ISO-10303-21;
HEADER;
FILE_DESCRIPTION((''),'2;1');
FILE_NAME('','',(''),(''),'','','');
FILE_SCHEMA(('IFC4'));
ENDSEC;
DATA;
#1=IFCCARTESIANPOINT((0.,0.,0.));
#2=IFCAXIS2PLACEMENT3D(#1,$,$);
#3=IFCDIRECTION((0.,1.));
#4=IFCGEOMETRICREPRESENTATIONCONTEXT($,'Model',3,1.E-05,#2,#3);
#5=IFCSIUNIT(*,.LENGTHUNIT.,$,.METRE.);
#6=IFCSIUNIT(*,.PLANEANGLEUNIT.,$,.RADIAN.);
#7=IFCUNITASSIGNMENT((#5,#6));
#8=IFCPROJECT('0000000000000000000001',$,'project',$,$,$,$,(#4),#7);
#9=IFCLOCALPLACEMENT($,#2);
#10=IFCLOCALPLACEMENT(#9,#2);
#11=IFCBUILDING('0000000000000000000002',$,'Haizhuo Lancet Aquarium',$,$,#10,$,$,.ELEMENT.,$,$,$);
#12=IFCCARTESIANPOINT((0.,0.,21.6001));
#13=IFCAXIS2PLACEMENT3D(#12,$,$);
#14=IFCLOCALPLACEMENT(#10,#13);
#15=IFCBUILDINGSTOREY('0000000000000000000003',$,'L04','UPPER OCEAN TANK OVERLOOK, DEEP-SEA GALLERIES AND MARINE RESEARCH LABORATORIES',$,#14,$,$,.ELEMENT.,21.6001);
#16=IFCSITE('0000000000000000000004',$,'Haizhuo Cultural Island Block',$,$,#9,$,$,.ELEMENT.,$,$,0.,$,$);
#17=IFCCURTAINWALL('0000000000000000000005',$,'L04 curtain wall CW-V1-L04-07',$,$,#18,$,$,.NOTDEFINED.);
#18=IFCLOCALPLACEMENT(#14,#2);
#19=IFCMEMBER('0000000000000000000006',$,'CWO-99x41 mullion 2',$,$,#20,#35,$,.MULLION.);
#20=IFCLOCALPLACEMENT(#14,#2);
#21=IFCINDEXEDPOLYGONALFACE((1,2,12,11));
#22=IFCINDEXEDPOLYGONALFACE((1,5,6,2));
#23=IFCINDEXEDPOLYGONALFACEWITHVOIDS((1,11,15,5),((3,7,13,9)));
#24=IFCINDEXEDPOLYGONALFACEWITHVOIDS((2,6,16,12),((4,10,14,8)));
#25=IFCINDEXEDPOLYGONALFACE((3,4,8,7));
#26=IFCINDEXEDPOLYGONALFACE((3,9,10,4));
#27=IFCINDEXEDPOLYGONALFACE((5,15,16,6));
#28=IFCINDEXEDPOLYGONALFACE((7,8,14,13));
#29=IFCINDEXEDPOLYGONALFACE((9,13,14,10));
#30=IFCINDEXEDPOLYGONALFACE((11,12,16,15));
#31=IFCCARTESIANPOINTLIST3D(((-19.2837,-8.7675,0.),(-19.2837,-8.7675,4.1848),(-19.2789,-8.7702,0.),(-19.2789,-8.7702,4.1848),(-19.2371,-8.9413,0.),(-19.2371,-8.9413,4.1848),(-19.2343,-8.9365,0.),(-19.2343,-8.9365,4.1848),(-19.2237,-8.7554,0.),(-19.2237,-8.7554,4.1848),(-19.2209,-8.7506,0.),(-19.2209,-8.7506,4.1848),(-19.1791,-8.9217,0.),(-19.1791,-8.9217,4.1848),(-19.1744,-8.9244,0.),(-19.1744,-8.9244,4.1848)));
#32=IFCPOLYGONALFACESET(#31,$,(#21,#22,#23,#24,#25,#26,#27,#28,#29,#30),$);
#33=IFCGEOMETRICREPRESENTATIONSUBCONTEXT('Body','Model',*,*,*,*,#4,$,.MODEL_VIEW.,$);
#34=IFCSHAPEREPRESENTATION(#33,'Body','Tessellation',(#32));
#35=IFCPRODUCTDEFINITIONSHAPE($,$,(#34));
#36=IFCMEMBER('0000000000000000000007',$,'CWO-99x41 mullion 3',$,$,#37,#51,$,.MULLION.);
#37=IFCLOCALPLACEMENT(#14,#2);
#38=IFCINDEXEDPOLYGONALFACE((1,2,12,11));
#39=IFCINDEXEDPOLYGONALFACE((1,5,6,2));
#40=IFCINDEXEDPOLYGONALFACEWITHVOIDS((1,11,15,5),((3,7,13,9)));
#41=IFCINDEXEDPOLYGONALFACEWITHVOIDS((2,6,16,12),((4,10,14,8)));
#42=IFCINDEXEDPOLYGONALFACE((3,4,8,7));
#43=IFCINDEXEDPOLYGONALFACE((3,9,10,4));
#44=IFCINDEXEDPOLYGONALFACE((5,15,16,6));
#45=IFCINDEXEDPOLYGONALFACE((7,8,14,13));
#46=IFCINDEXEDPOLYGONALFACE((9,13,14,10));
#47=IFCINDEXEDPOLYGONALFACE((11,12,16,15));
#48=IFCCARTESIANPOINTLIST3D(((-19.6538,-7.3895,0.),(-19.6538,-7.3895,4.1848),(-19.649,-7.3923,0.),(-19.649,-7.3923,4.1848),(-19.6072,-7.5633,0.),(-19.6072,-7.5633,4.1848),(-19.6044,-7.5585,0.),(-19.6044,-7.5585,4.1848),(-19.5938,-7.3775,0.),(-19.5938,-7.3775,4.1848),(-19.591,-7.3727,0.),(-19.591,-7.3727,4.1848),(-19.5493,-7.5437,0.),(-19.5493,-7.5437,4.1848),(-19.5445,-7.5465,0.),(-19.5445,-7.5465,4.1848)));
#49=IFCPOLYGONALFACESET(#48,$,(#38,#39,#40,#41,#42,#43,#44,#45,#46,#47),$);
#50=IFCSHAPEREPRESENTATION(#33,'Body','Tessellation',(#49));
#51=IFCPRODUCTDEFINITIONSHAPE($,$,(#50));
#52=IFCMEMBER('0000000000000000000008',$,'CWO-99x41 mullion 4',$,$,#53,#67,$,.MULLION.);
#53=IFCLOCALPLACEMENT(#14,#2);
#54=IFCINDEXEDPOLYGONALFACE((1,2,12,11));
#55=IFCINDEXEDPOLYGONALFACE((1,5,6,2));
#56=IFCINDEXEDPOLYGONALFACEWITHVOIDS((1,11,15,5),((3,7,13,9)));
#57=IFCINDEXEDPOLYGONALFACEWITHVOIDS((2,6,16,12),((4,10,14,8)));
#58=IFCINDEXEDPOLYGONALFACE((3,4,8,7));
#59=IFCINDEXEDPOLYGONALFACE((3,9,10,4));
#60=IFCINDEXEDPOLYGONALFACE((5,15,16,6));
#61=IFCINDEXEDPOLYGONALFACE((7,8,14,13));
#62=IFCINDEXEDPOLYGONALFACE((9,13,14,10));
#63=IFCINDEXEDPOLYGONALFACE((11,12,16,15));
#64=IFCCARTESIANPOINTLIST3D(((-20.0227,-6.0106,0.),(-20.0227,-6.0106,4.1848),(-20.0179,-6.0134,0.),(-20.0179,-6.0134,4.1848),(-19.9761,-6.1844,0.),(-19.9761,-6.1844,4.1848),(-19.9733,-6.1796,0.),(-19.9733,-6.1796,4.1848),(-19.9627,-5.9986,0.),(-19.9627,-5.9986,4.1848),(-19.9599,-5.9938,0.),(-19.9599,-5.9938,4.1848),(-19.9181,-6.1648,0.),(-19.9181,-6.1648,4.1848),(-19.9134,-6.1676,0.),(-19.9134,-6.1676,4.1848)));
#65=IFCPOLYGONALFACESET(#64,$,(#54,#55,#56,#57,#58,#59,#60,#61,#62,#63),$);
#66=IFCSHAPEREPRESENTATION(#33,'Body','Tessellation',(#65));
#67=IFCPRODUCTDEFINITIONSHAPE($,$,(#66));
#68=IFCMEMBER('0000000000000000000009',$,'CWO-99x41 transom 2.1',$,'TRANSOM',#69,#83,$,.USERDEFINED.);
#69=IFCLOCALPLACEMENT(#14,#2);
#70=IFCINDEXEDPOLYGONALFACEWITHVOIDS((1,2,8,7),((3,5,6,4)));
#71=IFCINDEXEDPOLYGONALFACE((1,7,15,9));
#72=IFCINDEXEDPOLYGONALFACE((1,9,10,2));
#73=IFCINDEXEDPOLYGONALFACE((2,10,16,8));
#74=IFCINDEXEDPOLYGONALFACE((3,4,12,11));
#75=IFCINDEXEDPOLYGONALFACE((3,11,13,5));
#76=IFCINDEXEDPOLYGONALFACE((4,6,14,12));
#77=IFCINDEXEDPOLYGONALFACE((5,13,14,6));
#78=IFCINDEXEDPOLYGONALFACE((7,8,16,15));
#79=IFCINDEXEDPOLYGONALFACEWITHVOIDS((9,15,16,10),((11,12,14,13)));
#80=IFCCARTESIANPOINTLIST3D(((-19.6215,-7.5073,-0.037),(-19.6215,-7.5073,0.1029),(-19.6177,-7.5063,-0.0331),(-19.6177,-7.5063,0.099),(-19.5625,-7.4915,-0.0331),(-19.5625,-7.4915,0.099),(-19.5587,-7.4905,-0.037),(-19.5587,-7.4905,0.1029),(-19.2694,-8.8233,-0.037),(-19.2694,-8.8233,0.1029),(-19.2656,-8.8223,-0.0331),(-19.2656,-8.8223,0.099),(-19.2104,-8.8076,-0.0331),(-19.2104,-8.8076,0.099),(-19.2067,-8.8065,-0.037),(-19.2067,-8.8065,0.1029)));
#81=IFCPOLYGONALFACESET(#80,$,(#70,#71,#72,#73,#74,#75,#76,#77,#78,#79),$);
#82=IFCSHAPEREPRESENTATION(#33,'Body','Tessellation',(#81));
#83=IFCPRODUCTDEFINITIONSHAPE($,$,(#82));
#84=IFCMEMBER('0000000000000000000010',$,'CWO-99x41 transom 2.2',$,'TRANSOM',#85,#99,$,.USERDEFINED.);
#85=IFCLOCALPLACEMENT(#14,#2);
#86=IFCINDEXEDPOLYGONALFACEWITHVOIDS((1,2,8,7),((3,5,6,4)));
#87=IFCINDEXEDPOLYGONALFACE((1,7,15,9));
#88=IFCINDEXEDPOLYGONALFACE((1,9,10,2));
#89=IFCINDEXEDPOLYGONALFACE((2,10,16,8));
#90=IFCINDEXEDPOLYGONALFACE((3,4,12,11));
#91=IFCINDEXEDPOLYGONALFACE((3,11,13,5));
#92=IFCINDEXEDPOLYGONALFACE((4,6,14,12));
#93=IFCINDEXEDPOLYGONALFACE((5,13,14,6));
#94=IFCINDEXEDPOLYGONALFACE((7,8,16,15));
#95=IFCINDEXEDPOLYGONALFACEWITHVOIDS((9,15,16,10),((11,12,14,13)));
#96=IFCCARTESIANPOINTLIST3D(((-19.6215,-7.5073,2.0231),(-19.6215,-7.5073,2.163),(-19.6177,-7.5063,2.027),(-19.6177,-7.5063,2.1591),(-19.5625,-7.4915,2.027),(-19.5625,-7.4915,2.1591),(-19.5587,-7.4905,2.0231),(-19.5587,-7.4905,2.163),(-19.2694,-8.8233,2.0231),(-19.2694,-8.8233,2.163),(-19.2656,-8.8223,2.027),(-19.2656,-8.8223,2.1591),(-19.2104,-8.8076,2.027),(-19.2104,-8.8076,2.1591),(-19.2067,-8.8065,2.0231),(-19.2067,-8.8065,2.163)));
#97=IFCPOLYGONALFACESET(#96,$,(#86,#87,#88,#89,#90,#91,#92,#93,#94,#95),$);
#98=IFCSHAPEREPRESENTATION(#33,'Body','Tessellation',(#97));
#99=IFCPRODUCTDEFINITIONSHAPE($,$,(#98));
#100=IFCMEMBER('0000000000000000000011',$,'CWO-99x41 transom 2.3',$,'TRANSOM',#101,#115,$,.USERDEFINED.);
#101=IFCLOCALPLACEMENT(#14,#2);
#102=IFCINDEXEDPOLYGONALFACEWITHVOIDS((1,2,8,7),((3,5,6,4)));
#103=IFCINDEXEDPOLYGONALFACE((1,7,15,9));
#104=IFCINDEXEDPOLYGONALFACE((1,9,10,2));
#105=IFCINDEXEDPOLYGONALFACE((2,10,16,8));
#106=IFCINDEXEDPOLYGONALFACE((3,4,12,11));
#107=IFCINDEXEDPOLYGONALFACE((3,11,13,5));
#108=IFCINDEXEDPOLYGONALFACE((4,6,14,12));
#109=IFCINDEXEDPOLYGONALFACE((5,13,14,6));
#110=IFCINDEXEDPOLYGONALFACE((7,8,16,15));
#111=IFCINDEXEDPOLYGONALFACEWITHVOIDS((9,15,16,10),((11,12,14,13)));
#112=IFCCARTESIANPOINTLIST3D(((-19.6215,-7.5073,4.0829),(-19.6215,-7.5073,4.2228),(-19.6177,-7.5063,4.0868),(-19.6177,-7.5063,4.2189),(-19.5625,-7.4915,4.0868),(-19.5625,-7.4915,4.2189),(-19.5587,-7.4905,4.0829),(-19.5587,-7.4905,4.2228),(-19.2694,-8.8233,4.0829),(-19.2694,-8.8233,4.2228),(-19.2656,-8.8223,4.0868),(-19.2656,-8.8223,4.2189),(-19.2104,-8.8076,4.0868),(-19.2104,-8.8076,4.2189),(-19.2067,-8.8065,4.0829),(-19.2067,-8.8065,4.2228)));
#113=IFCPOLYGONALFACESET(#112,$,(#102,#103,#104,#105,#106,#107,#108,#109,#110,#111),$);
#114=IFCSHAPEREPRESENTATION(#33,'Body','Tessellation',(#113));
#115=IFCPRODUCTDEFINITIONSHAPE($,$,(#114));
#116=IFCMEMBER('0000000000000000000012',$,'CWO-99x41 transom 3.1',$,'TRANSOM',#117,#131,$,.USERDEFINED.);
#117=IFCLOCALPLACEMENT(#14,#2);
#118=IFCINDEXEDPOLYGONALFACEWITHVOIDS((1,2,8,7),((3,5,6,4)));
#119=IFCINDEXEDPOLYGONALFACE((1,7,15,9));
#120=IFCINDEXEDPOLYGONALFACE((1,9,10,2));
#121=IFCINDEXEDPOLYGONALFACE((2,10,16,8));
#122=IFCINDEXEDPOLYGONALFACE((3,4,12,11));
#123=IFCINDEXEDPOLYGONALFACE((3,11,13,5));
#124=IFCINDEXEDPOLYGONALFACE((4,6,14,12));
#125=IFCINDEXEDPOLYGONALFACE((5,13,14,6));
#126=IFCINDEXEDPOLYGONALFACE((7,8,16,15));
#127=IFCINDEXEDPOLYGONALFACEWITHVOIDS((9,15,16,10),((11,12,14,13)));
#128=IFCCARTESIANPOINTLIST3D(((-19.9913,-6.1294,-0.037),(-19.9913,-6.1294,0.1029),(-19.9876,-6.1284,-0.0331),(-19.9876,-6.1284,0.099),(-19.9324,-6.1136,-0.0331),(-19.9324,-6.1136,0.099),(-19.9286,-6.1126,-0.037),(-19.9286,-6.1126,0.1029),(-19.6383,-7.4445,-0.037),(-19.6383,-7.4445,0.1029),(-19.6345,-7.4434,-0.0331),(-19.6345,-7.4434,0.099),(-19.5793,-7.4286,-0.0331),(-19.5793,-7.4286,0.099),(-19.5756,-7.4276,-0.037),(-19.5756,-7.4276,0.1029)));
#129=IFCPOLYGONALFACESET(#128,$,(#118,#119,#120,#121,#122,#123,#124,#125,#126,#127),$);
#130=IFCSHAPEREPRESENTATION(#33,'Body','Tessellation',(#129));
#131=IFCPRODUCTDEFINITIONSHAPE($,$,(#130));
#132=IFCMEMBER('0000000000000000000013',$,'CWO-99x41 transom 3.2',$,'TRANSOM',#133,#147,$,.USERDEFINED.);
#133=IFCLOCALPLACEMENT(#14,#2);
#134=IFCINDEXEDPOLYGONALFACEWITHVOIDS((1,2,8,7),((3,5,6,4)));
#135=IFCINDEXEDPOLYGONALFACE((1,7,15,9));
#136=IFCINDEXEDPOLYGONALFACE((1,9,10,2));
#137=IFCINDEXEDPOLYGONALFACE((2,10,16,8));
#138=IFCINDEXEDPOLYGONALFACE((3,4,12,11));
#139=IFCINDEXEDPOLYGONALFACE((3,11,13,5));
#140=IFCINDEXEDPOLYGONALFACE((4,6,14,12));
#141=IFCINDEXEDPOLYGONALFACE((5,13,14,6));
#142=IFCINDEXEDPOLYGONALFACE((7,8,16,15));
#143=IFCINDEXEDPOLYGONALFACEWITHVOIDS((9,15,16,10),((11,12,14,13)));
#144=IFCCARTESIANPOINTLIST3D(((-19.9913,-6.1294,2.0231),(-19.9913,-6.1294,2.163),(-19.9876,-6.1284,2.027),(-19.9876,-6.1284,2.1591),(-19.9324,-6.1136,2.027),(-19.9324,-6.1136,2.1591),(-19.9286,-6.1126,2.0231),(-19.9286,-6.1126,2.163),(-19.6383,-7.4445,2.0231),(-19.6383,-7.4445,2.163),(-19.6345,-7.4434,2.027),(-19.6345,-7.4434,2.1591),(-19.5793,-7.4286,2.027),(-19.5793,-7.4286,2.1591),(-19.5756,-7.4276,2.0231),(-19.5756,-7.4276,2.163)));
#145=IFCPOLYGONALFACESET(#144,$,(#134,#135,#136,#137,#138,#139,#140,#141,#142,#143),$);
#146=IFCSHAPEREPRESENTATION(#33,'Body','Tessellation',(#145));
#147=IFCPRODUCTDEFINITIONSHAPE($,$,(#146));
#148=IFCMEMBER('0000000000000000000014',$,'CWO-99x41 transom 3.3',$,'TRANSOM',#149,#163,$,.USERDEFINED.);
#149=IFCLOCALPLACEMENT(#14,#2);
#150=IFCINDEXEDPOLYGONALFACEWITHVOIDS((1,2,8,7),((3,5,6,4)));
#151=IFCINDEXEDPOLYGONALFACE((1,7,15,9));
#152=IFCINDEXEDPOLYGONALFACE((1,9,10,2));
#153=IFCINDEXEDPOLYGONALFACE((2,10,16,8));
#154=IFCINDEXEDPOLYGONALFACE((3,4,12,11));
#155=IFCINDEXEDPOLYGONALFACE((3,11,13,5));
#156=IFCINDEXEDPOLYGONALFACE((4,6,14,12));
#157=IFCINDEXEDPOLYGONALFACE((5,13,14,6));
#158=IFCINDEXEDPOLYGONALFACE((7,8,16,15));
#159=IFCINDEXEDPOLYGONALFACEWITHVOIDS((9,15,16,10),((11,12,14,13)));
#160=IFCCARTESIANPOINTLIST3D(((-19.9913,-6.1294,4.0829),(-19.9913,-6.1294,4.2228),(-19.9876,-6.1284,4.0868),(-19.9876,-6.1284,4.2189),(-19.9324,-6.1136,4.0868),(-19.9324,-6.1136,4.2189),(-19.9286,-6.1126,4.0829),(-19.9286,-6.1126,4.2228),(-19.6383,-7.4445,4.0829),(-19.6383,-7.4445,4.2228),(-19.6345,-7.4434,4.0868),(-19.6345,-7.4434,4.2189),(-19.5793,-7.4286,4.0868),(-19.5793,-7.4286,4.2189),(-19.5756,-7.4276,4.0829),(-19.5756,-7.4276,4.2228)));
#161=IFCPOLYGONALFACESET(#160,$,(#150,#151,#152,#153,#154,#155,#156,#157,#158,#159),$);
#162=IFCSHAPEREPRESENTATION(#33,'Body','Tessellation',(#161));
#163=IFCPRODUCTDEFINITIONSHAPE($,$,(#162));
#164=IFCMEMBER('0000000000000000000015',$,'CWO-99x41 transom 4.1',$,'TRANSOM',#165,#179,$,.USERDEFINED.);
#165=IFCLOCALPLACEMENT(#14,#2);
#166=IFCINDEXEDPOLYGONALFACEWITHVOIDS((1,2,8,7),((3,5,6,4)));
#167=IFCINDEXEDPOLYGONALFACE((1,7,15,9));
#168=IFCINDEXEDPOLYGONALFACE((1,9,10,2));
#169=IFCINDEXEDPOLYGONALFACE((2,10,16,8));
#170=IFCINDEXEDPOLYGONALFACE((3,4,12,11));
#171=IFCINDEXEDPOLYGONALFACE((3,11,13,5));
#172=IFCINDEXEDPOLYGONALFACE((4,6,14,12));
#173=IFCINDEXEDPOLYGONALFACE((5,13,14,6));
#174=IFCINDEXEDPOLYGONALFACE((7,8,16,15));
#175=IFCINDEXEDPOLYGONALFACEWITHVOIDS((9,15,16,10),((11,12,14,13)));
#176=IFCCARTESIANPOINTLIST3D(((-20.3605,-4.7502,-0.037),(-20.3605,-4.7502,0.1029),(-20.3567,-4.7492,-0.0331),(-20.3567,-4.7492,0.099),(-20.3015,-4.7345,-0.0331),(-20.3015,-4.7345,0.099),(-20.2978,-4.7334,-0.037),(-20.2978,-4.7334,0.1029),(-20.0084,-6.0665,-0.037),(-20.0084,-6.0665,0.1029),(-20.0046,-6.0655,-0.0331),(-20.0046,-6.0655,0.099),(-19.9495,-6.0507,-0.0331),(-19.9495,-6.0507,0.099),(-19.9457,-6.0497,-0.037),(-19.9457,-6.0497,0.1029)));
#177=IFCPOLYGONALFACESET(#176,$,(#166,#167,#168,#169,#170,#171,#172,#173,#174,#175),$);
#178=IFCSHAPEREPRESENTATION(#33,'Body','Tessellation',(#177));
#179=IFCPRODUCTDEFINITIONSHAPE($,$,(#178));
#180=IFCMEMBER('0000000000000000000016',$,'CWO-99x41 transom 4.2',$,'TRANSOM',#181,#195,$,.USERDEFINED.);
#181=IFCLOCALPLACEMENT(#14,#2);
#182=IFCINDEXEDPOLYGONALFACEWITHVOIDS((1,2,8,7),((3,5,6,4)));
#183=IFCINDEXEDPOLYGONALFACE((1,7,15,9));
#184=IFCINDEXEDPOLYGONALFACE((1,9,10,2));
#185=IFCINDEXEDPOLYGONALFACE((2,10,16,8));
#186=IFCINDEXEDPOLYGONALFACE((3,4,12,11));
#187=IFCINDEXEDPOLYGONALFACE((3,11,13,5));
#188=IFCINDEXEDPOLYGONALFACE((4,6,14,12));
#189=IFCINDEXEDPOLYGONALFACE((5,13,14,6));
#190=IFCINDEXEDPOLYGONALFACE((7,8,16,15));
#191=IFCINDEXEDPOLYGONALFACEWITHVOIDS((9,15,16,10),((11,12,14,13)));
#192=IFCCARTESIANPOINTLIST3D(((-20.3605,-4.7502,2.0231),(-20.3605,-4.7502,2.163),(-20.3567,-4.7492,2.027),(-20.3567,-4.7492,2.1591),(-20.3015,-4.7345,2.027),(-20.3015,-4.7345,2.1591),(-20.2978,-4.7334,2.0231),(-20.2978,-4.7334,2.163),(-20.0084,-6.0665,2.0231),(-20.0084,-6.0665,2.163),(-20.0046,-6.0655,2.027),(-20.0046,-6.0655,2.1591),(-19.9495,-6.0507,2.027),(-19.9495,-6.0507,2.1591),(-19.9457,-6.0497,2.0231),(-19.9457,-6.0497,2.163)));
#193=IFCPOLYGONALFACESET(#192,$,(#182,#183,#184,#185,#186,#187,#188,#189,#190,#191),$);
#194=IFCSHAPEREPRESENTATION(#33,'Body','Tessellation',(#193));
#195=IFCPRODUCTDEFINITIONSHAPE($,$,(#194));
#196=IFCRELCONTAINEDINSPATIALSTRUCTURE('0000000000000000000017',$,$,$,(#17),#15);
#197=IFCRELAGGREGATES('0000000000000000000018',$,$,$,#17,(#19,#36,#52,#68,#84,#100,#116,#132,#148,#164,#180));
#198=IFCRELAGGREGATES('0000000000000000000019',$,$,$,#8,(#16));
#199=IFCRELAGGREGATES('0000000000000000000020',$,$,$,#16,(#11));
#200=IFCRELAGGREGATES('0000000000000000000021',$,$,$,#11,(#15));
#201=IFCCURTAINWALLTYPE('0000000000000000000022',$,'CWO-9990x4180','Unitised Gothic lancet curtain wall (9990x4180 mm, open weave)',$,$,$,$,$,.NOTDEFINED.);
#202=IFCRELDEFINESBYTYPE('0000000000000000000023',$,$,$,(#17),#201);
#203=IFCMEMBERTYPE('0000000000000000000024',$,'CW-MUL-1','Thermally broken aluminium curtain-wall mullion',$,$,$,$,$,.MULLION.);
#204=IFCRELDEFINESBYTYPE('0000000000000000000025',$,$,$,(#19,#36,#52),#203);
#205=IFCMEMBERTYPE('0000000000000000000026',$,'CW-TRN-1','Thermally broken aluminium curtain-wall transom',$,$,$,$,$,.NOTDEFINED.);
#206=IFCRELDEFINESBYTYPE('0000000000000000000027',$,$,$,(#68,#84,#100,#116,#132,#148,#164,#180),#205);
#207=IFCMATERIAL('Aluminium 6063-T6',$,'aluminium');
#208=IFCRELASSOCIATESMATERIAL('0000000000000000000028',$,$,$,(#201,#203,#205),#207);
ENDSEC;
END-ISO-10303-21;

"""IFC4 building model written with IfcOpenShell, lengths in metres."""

from ifc_helpers import new_model, si_unit, direction, frame, origin, origin_2d, place, context, subcontext, project, spatial, hollow_rectangle, extrude, material, material_profile, profile_set, type_object, element, aggregate, save


model = new_model("IFC4")

# Units and contexts
model_context = context("Model", 3, precision=1e-05, world=origin(), true_north=direction((0.0, 1.0)))
body_context = subcontext(model_context, "Body", "Model", "MODEL_VIEW")
ifc_project = project(units=[si_unit("LENGTHUNIT", "METRE"), si_unit("PLANEANGLEUNIT", "RADIAN")], contexts=[model_context])

# Site, building, storey
site_placement = place(None, origin())
site = spatial("IfcSite", under=ifc_project, at=site_placement, Name="Haizhuo Cultural Island Block", CompositionType="ELEMENT", RefElevation=0.0)
building_placement = place(site_placement, origin())
building = spatial("IfcBuilding", under=site, at=building_placement, Name="Haizhuo Lancet Aquarium", CompositionType="ELEMENT")
storey_placement = place(building_placement, frame((0.0, 0.0, 21.6001)))
storey = spatial("IfcBuildingStorey", under=building, at=storey_placement, Name="L04", Description="UPPER OCEAN TANK OVERLOOK, DEEP-SEA GALLERIES AND MARINE RESEARCH LABORATORIES", CompositionType="ELEMENT", Elevation=21.6001)

# Curtain wall, members
ifc_material_1 = material(Name="Aluminium 6063-T6", Category="aluminium")
curtain_wall_type = type_object("IfcCurtainWallType", Name="CWO-9990x4180", Description="Unitised Gothic lancet curtain wall (9990x4180 mm, open weave)", PredefinedType="NOTDEFINED", material=ifc_material_1)
curtain_wall_placement = place(storey_placement, origin())
curtain_wall = element("IfcCurtainWall", 1, at=curtain_wall_placement, inside=storey, type_object=curtain_wall_type, Name="L04 curtain wall CW-V1-L04-07", PredefinedType="NOTDEFINED")
ifc_material_profile_1 = material_profile(ifc_material_1, hollow_rectangle(XDim=0.0649, YDim=0.1799, WallThickness=0.0039, at=origin_2d()), Name="ALU-M 65x180x4")
ifc_profile_set_1 = profile_set([ifc_material_profile_1], Name="Aluminium 6063-T6")
member_type_1 = type_object("IfcMemberType", Name="CW-MUL-1", Description="Thermally broken aluminium curtain-wall mullion", PredefinedType="MULLION", material=ifc_profile_set_1)
member_1_placement = place(storey_placement, frame((-19.229, -8.8459, 0.0), z_axis=(0.0, 0.0, 1.0), x_axis=(-0.965917, -0.258853, 0.0)))
member_1 = element("IfcMember", 2, at=member_1_placement, type_object=member_type_1, Name="CWO-99x41 mullion 2", PredefinedType="MULLION", context=body_context, shape_type="SweptSolid", body=[
    extrude(hollow_rectangle(XDim=0.0649, YDim=0.1799, WallThickness=0.0039, at=origin_2d()), origin(), (0.0, 0.0, 1.0), 4.1848),
])
member_2_placement = place(storey_placement, frame((-19.5991, -7.468, 0.0), z_axis=(0.0, 0.0, 1.0), x_axis=(-0.965917, -0.258853, 0.0)))
member_2 = element("IfcMember", 3, at=member_2_placement, type_object=member_type_1, Name="CWO-99x41 mullion 3", PredefinedType="MULLION", context=body_context, shape_type="SweptSolid", body=[
    extrude(hollow_rectangle(XDim=0.0649, YDim=0.1799, WallThickness=0.0039, at=origin_2d()), origin(), (0.0, 0.0, 1.0), 4.1848),
])
member_3_placement = place(storey_placement, frame((-19.968, -6.0891, 0.0), z_axis=(0.0, 0.0, 1.0), x_axis=(-0.965917, -0.258853, 0.0)))
member_3 = element("IfcMember", 4, at=member_3_placement, type_object=member_type_1, Name="CWO-99x41 mullion 4", PredefinedType="MULLION", context=body_context, shape_type="SweptSolid", body=[
    extrude(hollow_rectangle(XDim=0.0649, YDim=0.1799, WallThickness=0.0039, at=origin_2d()), origin(), (0.0, 0.0, 1.0), 4.1848),
])
ifc_material_profile_2 = material_profile(ifc_material_1, hollow_rectangle(XDim=0.0649, YDim=0.1399, WallThickness=0.0039, at=origin_2d()), Name="ALU-T 65x140x4")
ifc_profile_set_2 = profile_set([ifc_material_profile_2], Name="Aluminium 6063-T6")
member_type_2 = type_object("IfcMemberType", Name="CW-TRN-1", Description="Thermally broken aluminium curtain-wall transom", PredefinedType="NOTDEFINED", material=ifc_profile_set_2)
member_4_placement = place(storey_placement, frame((-19.238, -8.8149, 0.033), z_axis=(-0.258443, 0.966026, 0.0), x_axis=(-0.966026, -0.258443, 0.0)))
member_4 = element("IfcMember", 5, at=member_4_placement, type_object=member_type_2, Name="CWO-99x41 transom 2.1", ObjectType="TRANSOM", PredefinedType="USERDEFINED", context=body_context, shape_type="SweptSolid", body=[
    extrude(hollow_rectangle(XDim=0.0649, YDim=0.1399, WallThickness=0.0039, at=origin_2d()), origin(), (0.0, 0.0, 1.0), 1.3623),
])
member_5_placement = place(storey_placement, frame((-19.238, -8.8149, 2.093), z_axis=(-0.258443, 0.966026, 0.0), x_axis=(-0.966026, -0.258443, 0.0)))
member_5 = element("IfcMember", 6, at=member_5_placement, type_object=member_type_2, Name="CWO-99x41 transom 2.2", ObjectType="TRANSOM", PredefinedType="USERDEFINED", context=body_context, shape_type="SweptSolid", body=[
    extrude(hollow_rectangle(XDim=0.0649, YDim=0.1399, WallThickness=0.0039, at=origin_2d()), origin(), (0.0, 0.0, 1.0), 1.3623),
])
member_6_placement = place(storey_placement, frame((-19.238, -8.8149, 4.1528), z_axis=(-0.258443, 0.966026, 0.0), x_axis=(-0.966026, -0.258443, 0.0)))
member_6 = element("IfcMember", 7, at=member_6_placement, type_object=member_type_2, Name="CWO-99x41 transom 2.3", ObjectType="TRANSOM", PredefinedType="USERDEFINED", context=body_context, shape_type="SweptSolid", body=[
    extrude(hollow_rectangle(XDim=0.0649, YDim=0.1399, WallThickness=0.0039, at=origin_2d()), origin(), (0.0, 0.0, 1.0), 1.3623),
])
member_7_placement = place(storey_placement, frame((-19.6069, -7.436, 0.033), z_axis=(-0.259292, 0.965799, 0.0), x_axis=(-0.965799, -0.259292, 0.0)))
member_7 = element("IfcMember", 8, at=member_7_placement, type_object=member_type_2, Name="CWO-99x41 transom 3.1", ObjectType="TRANSOM", PredefinedType="USERDEFINED", context=body_context, shape_type="SweptSolid", body=[
    extrude(hollow_rectangle(XDim=0.0649, YDim=0.1399, WallThickness=0.0039, at=origin_2d()), origin(), (0.0, 0.0, 1.0), 1.3616),
])
member_8_placement = place(storey_placement, frame((-19.6069, -7.436, 2.093), z_axis=(-0.259292, 0.965799, 0.0), x_axis=(-0.965799, -0.259292, 0.0)))
member_8 = element("IfcMember", 9, at=member_8_placement, type_object=member_type_2, Name="CWO-99x41 transom 3.2", ObjectType="TRANSOM", PredefinedType="USERDEFINED", context=body_context, shape_type="SweptSolid", body=[
    extrude(hollow_rectangle(XDim=0.0649, YDim=0.1399, WallThickness=0.0039, at=origin_2d()), origin(), (0.0, 0.0, 1.0), 1.3616),
])
member_9_placement = place(storey_placement, frame((-19.6069, -7.436, 4.1528), z_axis=(-0.259292, 0.965799, 0.0), x_axis=(-0.965799, -0.259292, 0.0)))
member_9 = element("IfcMember", 10, at=member_9_placement, type_object=member_type_2, Name="CWO-99x41 transom 3.3", ObjectType="TRANSOM", PredefinedType="USERDEFINED", context=body_context, shape_type="SweptSolid", body=[
    extrude(hollow_rectangle(XDim=0.0649, YDim=0.1399, WallThickness=0.0039, at=origin_2d()), origin(), (0.0, 0.0, 1.0), 1.3616),
])
member_10_placement = place(storey_placement, frame((-19.9771, -6.0581, 0.033), z_axis=(-0.258399, 0.966038, 0.0), x_axis=(-0.966038, -0.258399, 0.0)))
member_10 = element("IfcMember", 11, at=member_10_placement, type_object=member_type_2, Name="CWO-99x41 transom 4.1", ObjectType="TRANSOM", PredefinedType="USERDEFINED", context=body_context, shape_type="SweptSolid", body=[
    extrude(hollow_rectangle(XDim=0.0649, YDim=0.1399, WallThickness=0.0039, at=origin_2d()), origin(), (0.0, 0.0, 1.0), 1.3625),
])
member_11_placement = place(storey_placement, frame((-19.9771, -6.0581, 2.093), z_axis=(-0.258399, 0.966038, 0.0), x_axis=(-0.966038, -0.258399, 0.0)))
member_11 = element("IfcMember", 12, at=member_11_placement, type_object=member_type_2, Name="CWO-99x41 transom 4.2", ObjectType="TRANSOM", PredefinedType="USERDEFINED", context=body_context, shape_type="SweptSolid", body=[
    extrude(hollow_rectangle(XDim=0.0649, YDim=0.1399, WallThickness=0.0039, at=origin_2d()), origin(), (0.0, 0.0, 1.0), 1.3625),
])

aggregate(curtain_wall, [member_1, member_2, member_3, member_4, member_5, member_6, member_7, member_8, member_9, member_10, member_11])

save(model, "model.ifc")
